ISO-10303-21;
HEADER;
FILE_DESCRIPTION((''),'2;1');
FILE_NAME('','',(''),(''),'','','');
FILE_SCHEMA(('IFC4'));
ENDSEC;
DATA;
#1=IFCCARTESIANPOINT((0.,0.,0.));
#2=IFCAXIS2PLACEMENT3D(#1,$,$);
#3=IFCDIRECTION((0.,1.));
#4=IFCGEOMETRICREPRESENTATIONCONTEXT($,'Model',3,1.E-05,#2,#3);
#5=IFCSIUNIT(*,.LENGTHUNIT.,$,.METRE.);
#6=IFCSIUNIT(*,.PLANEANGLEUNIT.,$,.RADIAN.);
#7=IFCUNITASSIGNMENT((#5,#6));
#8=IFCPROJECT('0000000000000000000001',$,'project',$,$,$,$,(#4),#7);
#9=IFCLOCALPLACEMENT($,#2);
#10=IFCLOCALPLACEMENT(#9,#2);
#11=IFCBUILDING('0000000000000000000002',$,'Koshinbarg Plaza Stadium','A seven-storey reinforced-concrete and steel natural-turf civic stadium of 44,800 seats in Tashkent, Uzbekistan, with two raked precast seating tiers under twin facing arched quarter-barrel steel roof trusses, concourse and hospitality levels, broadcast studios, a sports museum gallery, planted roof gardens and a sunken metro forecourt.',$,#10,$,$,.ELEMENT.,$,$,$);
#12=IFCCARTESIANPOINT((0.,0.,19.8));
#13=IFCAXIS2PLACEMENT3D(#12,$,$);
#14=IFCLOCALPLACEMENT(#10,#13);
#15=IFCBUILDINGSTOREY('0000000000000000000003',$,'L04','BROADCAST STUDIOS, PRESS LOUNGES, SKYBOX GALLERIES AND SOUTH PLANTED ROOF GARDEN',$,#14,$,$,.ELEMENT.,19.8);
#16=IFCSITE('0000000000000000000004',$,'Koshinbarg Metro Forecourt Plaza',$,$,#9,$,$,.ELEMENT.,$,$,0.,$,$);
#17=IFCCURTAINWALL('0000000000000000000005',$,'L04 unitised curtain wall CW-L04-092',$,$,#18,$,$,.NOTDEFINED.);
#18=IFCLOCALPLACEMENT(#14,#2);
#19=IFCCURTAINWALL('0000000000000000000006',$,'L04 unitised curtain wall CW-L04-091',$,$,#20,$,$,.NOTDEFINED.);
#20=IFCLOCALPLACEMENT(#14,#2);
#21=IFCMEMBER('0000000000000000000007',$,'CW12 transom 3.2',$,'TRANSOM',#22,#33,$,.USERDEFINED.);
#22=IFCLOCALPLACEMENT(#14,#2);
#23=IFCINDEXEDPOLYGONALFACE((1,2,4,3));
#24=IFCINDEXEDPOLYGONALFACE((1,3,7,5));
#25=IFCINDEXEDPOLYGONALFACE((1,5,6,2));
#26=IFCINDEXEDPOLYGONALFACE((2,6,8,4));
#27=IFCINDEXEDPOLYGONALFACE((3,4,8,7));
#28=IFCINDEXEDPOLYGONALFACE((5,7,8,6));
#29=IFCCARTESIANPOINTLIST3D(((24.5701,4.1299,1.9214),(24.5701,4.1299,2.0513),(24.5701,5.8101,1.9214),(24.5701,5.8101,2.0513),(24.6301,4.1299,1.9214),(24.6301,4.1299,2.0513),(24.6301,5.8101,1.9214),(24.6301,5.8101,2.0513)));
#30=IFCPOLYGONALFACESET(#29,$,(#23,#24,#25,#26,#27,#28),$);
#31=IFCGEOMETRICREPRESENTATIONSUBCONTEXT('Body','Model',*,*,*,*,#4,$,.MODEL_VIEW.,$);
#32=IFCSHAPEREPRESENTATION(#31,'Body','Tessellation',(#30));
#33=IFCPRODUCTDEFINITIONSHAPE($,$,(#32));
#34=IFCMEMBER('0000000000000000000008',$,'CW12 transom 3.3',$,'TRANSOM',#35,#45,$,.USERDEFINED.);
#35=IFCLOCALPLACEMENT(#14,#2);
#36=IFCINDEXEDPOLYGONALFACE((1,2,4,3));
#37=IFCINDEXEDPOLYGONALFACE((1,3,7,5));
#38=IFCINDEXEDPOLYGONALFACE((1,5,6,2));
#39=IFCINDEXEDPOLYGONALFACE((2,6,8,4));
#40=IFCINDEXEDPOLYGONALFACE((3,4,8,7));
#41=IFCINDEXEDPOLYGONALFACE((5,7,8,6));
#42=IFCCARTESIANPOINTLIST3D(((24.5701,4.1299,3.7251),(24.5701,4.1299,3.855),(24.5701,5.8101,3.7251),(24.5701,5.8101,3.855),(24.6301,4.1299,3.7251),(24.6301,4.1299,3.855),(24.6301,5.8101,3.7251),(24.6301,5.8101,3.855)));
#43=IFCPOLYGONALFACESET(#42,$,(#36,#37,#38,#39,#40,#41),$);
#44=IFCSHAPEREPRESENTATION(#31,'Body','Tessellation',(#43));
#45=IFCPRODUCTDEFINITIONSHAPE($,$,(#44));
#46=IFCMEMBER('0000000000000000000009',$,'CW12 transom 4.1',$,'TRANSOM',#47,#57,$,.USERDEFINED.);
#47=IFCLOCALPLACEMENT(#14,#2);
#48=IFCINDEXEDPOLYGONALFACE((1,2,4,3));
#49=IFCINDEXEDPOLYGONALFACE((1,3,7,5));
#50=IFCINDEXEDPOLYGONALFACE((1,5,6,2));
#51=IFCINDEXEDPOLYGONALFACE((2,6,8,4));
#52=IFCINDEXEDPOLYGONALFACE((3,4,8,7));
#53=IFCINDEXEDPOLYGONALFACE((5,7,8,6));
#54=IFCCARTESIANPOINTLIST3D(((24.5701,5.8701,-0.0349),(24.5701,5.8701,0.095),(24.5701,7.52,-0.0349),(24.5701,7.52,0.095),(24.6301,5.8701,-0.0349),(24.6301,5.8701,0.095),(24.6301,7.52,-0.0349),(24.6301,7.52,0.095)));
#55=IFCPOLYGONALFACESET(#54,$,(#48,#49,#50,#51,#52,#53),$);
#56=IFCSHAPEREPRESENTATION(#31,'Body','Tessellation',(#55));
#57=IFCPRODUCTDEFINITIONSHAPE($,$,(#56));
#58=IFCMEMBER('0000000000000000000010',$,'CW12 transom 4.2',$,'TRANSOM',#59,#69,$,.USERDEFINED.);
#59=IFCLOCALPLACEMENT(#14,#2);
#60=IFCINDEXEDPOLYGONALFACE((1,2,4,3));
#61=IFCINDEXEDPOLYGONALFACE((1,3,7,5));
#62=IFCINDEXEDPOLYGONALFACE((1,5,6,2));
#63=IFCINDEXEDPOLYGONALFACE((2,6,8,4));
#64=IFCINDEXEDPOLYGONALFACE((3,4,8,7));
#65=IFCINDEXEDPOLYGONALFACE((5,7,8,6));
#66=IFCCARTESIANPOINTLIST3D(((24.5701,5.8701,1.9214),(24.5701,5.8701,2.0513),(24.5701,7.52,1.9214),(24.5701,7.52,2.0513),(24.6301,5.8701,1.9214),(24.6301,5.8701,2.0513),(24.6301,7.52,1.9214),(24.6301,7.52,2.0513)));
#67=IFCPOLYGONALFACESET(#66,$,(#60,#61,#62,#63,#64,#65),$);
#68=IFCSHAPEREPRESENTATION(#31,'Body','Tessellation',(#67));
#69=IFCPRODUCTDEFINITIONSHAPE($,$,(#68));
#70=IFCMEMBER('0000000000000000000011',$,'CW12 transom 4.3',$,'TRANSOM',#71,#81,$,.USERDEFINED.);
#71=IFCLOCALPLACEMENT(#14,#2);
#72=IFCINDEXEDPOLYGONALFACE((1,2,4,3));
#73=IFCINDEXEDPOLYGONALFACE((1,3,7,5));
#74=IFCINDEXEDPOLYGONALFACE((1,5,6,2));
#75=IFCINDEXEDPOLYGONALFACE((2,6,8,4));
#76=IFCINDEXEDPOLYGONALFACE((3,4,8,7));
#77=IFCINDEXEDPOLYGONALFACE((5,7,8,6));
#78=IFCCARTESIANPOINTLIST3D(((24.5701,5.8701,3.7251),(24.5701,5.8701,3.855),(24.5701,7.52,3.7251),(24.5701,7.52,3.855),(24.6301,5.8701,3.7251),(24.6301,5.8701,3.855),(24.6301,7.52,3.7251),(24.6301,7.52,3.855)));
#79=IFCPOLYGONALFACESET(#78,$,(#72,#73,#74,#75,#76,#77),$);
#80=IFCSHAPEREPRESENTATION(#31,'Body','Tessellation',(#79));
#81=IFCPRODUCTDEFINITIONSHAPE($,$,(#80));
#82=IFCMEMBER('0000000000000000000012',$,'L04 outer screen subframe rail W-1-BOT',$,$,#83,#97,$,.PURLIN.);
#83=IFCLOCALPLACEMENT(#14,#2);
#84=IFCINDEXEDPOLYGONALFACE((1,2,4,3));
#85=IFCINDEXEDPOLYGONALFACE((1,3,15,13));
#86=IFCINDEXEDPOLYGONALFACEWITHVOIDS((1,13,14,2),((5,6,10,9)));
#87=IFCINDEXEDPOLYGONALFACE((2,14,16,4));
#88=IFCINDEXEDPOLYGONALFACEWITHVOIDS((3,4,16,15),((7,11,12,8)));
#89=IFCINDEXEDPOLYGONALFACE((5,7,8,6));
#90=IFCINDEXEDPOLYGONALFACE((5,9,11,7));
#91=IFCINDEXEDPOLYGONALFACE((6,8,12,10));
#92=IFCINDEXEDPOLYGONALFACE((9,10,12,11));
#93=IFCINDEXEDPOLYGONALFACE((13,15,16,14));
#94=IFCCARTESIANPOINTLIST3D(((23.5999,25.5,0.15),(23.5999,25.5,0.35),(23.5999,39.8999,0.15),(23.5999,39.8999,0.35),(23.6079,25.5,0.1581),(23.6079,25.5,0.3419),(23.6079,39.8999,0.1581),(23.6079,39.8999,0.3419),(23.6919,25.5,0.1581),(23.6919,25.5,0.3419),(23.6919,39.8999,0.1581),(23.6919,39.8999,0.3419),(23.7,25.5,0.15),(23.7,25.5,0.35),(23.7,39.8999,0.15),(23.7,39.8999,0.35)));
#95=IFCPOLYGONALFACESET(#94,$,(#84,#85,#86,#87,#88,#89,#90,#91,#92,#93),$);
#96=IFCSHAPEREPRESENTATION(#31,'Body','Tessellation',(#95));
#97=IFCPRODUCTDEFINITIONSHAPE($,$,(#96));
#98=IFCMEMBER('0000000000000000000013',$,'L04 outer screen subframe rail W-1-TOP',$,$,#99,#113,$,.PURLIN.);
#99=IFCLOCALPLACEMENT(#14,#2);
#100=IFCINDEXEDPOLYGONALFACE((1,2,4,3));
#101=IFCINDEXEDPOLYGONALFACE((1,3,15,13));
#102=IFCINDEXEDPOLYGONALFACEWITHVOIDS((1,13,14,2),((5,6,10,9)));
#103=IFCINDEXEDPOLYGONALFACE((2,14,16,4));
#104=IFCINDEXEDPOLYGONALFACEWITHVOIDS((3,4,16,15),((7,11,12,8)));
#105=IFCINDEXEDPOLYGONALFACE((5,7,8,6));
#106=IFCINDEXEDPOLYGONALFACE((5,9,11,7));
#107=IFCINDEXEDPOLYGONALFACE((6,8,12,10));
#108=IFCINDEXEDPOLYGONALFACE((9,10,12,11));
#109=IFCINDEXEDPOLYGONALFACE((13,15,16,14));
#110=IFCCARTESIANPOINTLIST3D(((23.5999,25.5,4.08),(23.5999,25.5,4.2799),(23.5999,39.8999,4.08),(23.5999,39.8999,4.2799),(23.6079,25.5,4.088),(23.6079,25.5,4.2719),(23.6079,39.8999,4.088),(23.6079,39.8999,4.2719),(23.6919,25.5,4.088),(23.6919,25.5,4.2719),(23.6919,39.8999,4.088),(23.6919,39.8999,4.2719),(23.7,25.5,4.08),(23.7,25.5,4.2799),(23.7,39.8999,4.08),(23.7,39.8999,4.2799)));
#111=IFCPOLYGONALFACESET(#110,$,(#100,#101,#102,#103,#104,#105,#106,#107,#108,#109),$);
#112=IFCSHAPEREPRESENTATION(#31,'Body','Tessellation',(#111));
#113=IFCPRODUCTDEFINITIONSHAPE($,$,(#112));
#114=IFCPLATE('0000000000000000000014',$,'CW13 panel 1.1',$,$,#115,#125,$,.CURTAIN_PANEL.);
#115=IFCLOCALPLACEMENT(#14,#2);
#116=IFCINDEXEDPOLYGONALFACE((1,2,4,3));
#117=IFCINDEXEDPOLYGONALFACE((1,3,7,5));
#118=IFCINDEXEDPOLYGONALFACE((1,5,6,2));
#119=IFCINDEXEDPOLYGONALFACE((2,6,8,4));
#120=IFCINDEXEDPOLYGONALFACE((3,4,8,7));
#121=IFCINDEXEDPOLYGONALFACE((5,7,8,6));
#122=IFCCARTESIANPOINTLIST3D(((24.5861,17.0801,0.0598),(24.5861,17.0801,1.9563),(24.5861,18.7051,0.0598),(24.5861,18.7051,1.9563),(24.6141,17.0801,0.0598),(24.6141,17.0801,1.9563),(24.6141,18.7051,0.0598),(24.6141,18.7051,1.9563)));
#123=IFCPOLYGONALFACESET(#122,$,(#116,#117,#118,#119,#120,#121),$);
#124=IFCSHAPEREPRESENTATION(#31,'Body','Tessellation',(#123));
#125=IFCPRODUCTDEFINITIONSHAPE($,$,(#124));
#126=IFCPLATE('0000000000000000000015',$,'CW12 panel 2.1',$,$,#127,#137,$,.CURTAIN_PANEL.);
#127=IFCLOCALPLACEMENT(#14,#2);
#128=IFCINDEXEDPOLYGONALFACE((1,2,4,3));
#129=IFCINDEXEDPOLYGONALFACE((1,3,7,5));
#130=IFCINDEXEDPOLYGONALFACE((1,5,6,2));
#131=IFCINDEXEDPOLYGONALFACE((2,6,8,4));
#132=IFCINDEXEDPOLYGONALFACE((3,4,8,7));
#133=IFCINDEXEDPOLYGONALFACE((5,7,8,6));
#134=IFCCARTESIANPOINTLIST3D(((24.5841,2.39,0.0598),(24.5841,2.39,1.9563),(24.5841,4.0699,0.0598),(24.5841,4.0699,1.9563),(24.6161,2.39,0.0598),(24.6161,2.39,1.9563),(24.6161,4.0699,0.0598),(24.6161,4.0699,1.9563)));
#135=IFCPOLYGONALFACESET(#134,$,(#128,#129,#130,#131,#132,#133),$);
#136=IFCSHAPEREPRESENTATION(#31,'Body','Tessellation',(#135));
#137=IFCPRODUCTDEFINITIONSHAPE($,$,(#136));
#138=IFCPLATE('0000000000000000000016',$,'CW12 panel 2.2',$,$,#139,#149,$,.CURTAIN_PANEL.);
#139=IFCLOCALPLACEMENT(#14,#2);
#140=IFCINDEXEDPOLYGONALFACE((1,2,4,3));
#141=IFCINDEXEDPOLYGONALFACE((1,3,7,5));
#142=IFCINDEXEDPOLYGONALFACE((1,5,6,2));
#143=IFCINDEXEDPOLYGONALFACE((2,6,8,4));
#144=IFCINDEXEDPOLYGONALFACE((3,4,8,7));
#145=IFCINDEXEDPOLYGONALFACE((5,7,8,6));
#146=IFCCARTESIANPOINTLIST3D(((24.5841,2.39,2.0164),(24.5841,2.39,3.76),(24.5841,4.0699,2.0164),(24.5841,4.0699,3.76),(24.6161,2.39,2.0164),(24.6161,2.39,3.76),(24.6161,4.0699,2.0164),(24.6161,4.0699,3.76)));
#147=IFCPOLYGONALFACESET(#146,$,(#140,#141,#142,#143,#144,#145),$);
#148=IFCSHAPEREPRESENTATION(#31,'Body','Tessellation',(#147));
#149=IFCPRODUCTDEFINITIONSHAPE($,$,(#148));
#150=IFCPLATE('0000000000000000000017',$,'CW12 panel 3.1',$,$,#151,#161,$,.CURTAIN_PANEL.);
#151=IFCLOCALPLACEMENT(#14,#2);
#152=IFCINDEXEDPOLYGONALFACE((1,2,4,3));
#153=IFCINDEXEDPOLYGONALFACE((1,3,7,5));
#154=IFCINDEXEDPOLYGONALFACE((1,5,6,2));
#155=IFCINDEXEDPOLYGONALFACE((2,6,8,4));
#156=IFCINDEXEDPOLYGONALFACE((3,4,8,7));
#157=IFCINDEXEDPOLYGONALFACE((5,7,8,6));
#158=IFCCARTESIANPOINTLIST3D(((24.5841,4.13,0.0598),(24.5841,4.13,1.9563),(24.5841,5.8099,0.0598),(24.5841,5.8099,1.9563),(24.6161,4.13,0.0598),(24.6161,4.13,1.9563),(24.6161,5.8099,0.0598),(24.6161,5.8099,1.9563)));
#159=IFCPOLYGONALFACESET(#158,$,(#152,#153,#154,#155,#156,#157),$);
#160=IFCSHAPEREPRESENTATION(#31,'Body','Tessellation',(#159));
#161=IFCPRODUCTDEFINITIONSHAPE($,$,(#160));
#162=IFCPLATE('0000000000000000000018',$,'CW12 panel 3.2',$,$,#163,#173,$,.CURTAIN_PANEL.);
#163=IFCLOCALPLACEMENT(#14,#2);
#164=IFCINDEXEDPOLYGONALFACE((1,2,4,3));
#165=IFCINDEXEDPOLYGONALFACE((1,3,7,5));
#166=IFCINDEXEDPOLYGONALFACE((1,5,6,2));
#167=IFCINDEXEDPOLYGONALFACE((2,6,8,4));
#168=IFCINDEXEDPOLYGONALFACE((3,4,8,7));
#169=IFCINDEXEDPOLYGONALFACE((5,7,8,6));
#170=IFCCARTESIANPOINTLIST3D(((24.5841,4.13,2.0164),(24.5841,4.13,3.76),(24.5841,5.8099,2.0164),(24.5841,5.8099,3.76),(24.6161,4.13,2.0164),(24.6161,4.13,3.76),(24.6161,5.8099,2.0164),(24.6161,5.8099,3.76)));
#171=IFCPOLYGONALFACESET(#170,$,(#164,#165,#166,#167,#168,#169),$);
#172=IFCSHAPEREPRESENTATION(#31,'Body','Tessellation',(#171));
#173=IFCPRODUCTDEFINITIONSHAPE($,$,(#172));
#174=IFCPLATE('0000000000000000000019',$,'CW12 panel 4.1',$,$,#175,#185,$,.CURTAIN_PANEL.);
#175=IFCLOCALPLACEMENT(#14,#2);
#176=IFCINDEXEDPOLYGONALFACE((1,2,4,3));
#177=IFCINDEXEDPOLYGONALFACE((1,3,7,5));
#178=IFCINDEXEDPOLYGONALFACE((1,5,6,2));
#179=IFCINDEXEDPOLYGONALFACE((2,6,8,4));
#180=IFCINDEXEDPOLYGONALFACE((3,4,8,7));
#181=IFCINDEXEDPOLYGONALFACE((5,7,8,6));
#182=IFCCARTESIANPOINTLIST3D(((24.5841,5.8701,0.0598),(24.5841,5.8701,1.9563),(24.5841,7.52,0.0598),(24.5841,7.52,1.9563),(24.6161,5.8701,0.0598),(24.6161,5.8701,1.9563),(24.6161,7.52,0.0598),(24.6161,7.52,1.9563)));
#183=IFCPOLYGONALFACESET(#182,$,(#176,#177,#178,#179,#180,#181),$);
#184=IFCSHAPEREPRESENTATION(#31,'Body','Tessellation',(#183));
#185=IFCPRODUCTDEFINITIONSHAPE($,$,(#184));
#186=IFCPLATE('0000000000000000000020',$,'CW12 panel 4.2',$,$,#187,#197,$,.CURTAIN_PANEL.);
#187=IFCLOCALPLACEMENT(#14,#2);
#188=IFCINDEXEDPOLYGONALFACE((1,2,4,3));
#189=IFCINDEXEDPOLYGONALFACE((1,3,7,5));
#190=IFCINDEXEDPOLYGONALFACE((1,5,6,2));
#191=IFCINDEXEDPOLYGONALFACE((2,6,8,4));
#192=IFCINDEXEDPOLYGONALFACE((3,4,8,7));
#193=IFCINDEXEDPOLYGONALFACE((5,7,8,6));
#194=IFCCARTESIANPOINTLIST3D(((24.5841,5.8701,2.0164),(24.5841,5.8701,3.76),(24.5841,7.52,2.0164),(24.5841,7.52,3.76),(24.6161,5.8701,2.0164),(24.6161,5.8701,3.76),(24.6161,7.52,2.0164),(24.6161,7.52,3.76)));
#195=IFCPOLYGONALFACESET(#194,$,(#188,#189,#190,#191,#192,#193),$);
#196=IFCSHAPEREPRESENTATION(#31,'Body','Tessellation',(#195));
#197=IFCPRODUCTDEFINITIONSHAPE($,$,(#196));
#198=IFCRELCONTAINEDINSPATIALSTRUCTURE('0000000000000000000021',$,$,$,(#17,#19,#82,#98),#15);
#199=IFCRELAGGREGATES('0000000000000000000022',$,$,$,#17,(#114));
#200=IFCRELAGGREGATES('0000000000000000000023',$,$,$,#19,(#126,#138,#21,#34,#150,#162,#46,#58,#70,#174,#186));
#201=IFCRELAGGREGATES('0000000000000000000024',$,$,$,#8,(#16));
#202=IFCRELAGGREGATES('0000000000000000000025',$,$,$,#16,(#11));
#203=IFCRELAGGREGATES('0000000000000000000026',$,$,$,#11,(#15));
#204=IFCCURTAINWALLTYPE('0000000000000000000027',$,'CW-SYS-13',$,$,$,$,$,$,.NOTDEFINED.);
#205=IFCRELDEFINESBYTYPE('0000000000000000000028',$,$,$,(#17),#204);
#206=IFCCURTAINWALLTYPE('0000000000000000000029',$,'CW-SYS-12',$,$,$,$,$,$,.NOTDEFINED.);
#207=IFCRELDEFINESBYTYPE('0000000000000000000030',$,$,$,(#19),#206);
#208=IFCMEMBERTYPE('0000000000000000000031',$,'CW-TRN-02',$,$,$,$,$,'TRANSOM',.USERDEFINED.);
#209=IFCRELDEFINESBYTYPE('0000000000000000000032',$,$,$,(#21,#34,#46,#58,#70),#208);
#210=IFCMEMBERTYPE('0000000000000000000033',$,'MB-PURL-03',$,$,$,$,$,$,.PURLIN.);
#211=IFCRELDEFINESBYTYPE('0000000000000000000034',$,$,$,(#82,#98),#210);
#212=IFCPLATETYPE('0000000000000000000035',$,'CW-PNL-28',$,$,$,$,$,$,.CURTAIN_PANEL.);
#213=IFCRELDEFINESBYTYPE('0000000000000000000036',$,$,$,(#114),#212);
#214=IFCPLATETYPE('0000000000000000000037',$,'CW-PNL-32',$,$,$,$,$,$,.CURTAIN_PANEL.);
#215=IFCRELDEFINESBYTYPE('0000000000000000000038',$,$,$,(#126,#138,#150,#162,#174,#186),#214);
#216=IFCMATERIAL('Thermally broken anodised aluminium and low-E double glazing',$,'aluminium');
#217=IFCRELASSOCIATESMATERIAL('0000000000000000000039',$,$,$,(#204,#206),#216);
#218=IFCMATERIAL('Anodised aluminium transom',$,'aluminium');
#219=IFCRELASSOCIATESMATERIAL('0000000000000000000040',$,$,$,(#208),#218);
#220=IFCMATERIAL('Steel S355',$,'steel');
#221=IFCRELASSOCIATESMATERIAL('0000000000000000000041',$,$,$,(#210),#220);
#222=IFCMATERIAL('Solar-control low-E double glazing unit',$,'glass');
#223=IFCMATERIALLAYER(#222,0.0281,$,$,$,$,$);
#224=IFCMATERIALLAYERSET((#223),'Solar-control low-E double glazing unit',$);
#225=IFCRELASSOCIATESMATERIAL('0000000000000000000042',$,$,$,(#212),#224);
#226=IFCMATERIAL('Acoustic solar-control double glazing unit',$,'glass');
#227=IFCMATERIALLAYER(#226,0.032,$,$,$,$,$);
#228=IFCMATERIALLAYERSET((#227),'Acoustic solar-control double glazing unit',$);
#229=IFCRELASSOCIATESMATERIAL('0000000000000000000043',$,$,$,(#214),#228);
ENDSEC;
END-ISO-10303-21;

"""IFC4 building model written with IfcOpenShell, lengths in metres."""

from ifc_helpers import new_model, si_unit, direction, frame, origin, origin_2d, place, context, subcontext, project, spatial, rectangle, hollow_rectangle, extrude, material, layer, layer_set, material_profile, profile_set, type_object, element, aggregate, save


model = new_model("IFC4")

# Units and contexts
model_context = context("Model", 3, precision=1e-05, world=origin(), true_north=direction((0.0, 1.0)))
body_context = subcontext(model_context, "Body", "Model", "MODEL_VIEW")
ifc_project = project(units=[si_unit("LENGTHUNIT", "METRE"), si_unit("PLANEANGLEUNIT", "RADIAN")], contexts=[model_context])

# Site, building, storey
site_placement = place(None, origin())
site = spatial("IfcSite", under=ifc_project, at=site_placement, Name="Koshinbarg Metro Forecourt Plaza", CompositionType="ELEMENT", RefElevation=0.0)
building_placement = place(site_placement, origin())
building = spatial("IfcBuilding", under=site, at=building_placement, Name="Koshinbarg Plaza Stadium", Description="A seven-storey reinforced-concrete and steel natural-turf civic stadium of 44,800 seats in Tashkent, Uzbekistan, with two raked precast seating tiers under twin facing arched quarter-barrel steel roof trusses, concourse and hospitality levels, broadcast studios, a sports museum gallery, planted roof gardens and a sunken metro forecourt.", CompositionType="ELEMENT")
storey_placement = place(building_placement, frame((0.0, 0.0, 19.8)))
storey = spatial("IfcBuildingStorey", under=building, at=storey_placement, Name="L04", Description="BROADCAST STUDIOS, PRESS LOUNGES, SKYBOX GALLERIES AND SOUTH PLANTED ROOF GARDEN", CompositionType="ELEMENT", Elevation=19.8)

# Shared definitions
ifc_material_1 = material(Name="Steel S355", Category="steel")

# Curtain wall
ifc_material_2 = material(Name="Thermally broken anodised aluminium and low-E double glazing", Category="aluminium")
curtain_wall_type_1 = type_object("IfcCurtainWallType", Name="CW-SYS-13", PredefinedType="NOTDEFINED", material=ifc_material_2)
curtain_wall_1_placement = place(storey_placement, origin())
curtain_wall_1 = element("IfcCurtainWall", 1, at=curtain_wall_1_placement, inside=storey, type_object=curtain_wall_type_1, Name="L04 unitised curtain wall CW-L04-092", PredefinedType="NOTDEFINED")

# Curtain wall
curtain_wall_type_2 = type_object("IfcCurtainWallType", Name="CW-SYS-12", PredefinedType="NOTDEFINED", material=ifc_material_2)
curtain_wall_2_placement = place(storey_placement, origin())
curtain_wall_2 = element("IfcCurtainWall", 2, at=curtain_wall_2_placement, inside=storey, type_object=curtain_wall_type_2, Name="L04 unitised curtain wall CW-L04-091", PredefinedType="NOTDEFINED")

# Members
ifc_material_3 = material(Name="Anodised aluminium transom", Category="aluminium")
ifc_material_profile_1 = material_profile(ifc_material_3, rectangle(XDim=0.0601, YDim=0.1299, at=origin_2d()), Name="ALU 60x130")
ifc_profile_set_1 = profile_set([ifc_material_profile_1], Name="Anodised aluminium transom")
member_type_1 = type_object("IfcMemberType", Name="CW-TRN-02", ElementType="TRANSOM", PredefinedType="USERDEFINED", material=ifc_profile_set_1)
member_1_placement = place(storey_placement, frame((24.6001, 4.1299, 1.9863), z_axis=(0.0, 1.0, 0.0), x_axis=(-1.0, 0.0, 0.0)))
member_1 = element("IfcMember", 3, at=member_1_placement, type_object=member_type_1, Name="CW12 transom 3.2", ObjectType="TRANSOM", PredefinedType="USERDEFINED", context=body_context, shape_type="SweptSolid", body=[
    extrude(rectangle(XDim=0.0601, YDim=0.1299, at=origin_2d()), origin(), (0.0, 0.0, 1.0), 1.6802),
])
member_2_placement = place(storey_placement, frame((24.6001, 4.1299, 3.79), z_axis=(0.0, 1.0, 0.0), x_axis=(-1.0, 0.0, 0.0)))
member_2 = element("IfcMember", 4, at=member_2_placement, type_object=member_type_1, Name="CW12 transom 3.3", ObjectType="TRANSOM", PredefinedType="USERDEFINED", context=body_context, shape_type="SweptSolid", body=[
    extrude(rectangle(XDim=0.0601, YDim=0.1299, at=origin_2d()), origin(), (0.0, 0.0, 1.0), 1.6802),
])
member_3_placement = place(storey_placement, frame((24.6001, 5.8701, 0.03), z_axis=(0.0, 1.0, 0.0), x_axis=(-1.0, 0.0, 0.0)))
member_3 = element("IfcMember", 5, at=member_3_placement, type_object=member_type_1, Name="CW12 transom 4.1", ObjectType="TRANSOM", PredefinedType="USERDEFINED", context=body_context, shape_type="SweptSolid", body=[
    extrude(rectangle(XDim=0.0601, YDim=0.1299, at=origin_2d()), origin(), (0.0, 0.0, 1.0), 1.6499),
])
member_4_placement = place(storey_placement, frame((24.6001, 5.8701, 1.9863), z_axis=(0.0, 1.0, 0.0), x_axis=(-1.0, 0.0, 0.0)))
member_4 = element("IfcMember", 6, at=member_4_placement, type_object=member_type_1, Name="CW12 transom 4.2", ObjectType="TRANSOM", PredefinedType="USERDEFINED", context=body_context, shape_type="SweptSolid", body=[
    extrude(rectangle(XDim=0.0601, YDim=0.1299, at=origin_2d()), origin(), (0.0, 0.0, 1.0), 1.6499),
])
member_5_placement = place(storey_placement, frame((24.6001, 5.8701, 3.79), z_axis=(0.0, 1.0, 0.0), x_axis=(-1.0, 0.0, 0.0)))
member_5 = element("IfcMember", 7, at=member_5_placement, type_object=member_type_1, Name="CW12 transom 4.3", ObjectType="TRANSOM", PredefinedType="USERDEFINED", context=body_context, shape_type="SweptSolid", body=[
    extrude(rectangle(XDim=0.0601, YDim=0.1299, at=origin_2d()), origin(), (0.0, 0.0, 1.0), 1.6499),
])

# Members
ifc_material_profile_2 = material_profile(ifc_material_1, hollow_rectangle(XDim=0.1001, YDim=0.2, WallThickness=0.0081, at=origin_2d()), Name="RHS 200x100x8")
ifc_profile_set_2 = profile_set([ifc_material_profile_2], Name="Steel S355")
member_type_2 = type_object("IfcMemberType", Name="MB-PURL-03", PredefinedType="PURLIN", material=ifc_profile_set_2)
for number, where, z_axis, x_axis, name in (
    (8, (23.6499, 25.5, 0.25), (0.0, 1.0, 0.0), (-1.0, 0.0, 0.0), "L04 outer screen subframe rail W-1-BOT"),
    (9, (23.6499, 25.5, 4.1799), (0.0, 1.0, 0.0), (-1.0, 0.0, 0.0), "L04 outer screen subframe rail W-1-TOP"),
):
    element("IfcMember", number, at=place(storey_placement, frame(where, z_axis=z_axis, x_axis=x_axis)), inside=storey, type_object=member_type_2, Name=name, PredefinedType="PURLIN", context=body_context, shape_type="SweptSolid", body=[
        extrude(hollow_rectangle(XDim=0.1001, YDim=0.2, WallThickness=0.0081, at=origin_2d()), origin(), (0.0, 0.0, 1.0), 14.3999),
    ])

# Plates
ifc_material_4 = material(Name="Solar-control low-E double glazing unit", Category="glass")
ifc_layer_1 = layer(ifc_material_4, 0.0281)
ifc_layer_set_1 = layer_set([ifc_layer_1], Name="Solar-control low-E double glazing unit")
plate_type_1 = type_object("IfcPlateType", Name="CW-PNL-28", PredefinedType="CURTAIN_PANEL", material=ifc_layer_set_1)
plate_1_placement = place(storey_placement, frame((24.6001, 17.8926, 0.0598), z_axis=(0.0, 0.0, 1.0), x_axis=(0.0, 1.0, 0.0)))
plate_1 = element("IfcPlate", 10, at=plate_1_placement, type_object=plate_type_1, Name="CW13 panel 1.1", PredefinedType="CURTAIN_PANEL", context=body_context, shape_type="SweptSolid", body=[
    extrude(rectangle(XDim=1.625, YDim=0.0281, at=origin_2d()), origin(), (0.0, 0.0, 1.0), 1.8965),
])
aggregate(curtain_wall_1, [plate_1])
ifc_material_5 = material(Name="Acoustic solar-control double glazing unit", Category="glass")
ifc_layer_2 = layer(ifc_material_5, 0.032)
ifc_layer_set_2 = layer_set([ifc_layer_2], Name="Acoustic solar-control double glazing unit")
plate_type_2 = type_object("IfcPlateType", Name="CW-PNL-32", PredefinedType="CURTAIN_PANEL", material=ifc_layer_set_2)
plate_2_placement = place(storey_placement, frame((24.6001, 3.23, 0.0598), z_axis=(0.0, 0.0, 1.0), x_axis=(0.0, 1.0, 0.0)))
plate_2 = element("IfcPlate", 11, at=plate_2_placement, type_object=plate_type_2, Name="CW12 panel 2.1", PredefinedType="CURTAIN_PANEL", context=body_context, shape_type="SweptSolid", body=[
    extrude(rectangle(XDim=1.6799, YDim=0.032, at=origin_2d()), origin(), (0.0, 0.0, 1.0), 1.8965),
])
plate_3_placement = place(storey_placement, frame((24.6001, 3.23, 2.0164), z_axis=(0.0, 0.0, 1.0), x_axis=(0.0, 1.0, 0.0)))
plate_3 = element("IfcPlate", 12, at=plate_3_placement, type_object=plate_type_2, Name="CW12 panel 2.2", PredefinedType="CURTAIN_PANEL", context=body_context, shape_type="SweptSolid", body=[
    extrude(rectangle(XDim=1.6799, YDim=0.032, at=origin_2d()), origin(), (0.0, 0.0, 1.0), 1.7437),
])
plate_4_placement = place(storey_placement, frame((24.6001, 4.97, 0.0598), z_axis=(0.0, 0.0, 1.0), x_axis=(0.0, 1.0, 0.0)))
plate_4 = element("IfcPlate", 13, at=plate_4_placement, type_object=plate_type_2, Name="CW12 panel 3.1", PredefinedType="CURTAIN_PANEL", context=body_context, shape_type="SweptSolid", body=[
    extrude(rectangle(XDim=1.6799, YDim=0.032, at=origin_2d()), origin(), (0.0, 0.0, 1.0), 1.8965),
])
plate_5_placement = place(storey_placement, frame((24.6001, 4.97, 2.0164), z_axis=(0.0, 0.0, 1.0), x_axis=(0.0, 1.0, 0.0)))
plate_5 = element("IfcPlate", 14, at=plate_5_placement, type_object=plate_type_2, Name="CW12 panel 3.2", PredefinedType="CURTAIN_PANEL", context=body_context, shape_type="SweptSolid", body=[
    extrude(rectangle(XDim=1.6799, YDim=0.032, at=origin_2d()), origin(), (0.0, 0.0, 1.0), 1.7437),
])
plate_6_placement = place(storey_placement, frame((24.6001, 6.6951, 0.0598), z_axis=(0.0, 0.0, 1.0), x_axis=(0.0, 1.0, 0.0)))
plate_6 = element("IfcPlate", 15, at=plate_6_placement, type_object=plate_type_2, Name="CW12 panel 4.1", PredefinedType="CURTAIN_PANEL", context=body_context, shape_type="SweptSolid", body=[
    extrude(rectangle(XDim=1.6499, YDim=0.032, at=origin_2d()), origin(), (0.0, 0.0, 1.0), 1.8965),
])
plate_7_placement = place(storey_placement, frame((24.6001, 6.6951, 2.0164), z_axis=(0.0, 0.0, 1.0), x_axis=(0.0, 1.0, 0.0)))
plate_7 = element("IfcPlate", 16, at=plate_7_placement, type_object=plate_type_2, Name="CW12 panel 4.2", PredefinedType="CURTAIN_PANEL", context=body_context, shape_type="SweptSolid", body=[
    extrude(rectangle(XDim=1.6499, YDim=0.032, at=origin_2d()), origin(), (0.0, 0.0, 1.0), 1.7437),
])
aggregate(curtain_wall_2, [plate_2, plate_3, member_1, member_2, plate_4, plate_5, member_3, member_4, member_5, plate_6, plate_7])

save(model, "model.ifc")
